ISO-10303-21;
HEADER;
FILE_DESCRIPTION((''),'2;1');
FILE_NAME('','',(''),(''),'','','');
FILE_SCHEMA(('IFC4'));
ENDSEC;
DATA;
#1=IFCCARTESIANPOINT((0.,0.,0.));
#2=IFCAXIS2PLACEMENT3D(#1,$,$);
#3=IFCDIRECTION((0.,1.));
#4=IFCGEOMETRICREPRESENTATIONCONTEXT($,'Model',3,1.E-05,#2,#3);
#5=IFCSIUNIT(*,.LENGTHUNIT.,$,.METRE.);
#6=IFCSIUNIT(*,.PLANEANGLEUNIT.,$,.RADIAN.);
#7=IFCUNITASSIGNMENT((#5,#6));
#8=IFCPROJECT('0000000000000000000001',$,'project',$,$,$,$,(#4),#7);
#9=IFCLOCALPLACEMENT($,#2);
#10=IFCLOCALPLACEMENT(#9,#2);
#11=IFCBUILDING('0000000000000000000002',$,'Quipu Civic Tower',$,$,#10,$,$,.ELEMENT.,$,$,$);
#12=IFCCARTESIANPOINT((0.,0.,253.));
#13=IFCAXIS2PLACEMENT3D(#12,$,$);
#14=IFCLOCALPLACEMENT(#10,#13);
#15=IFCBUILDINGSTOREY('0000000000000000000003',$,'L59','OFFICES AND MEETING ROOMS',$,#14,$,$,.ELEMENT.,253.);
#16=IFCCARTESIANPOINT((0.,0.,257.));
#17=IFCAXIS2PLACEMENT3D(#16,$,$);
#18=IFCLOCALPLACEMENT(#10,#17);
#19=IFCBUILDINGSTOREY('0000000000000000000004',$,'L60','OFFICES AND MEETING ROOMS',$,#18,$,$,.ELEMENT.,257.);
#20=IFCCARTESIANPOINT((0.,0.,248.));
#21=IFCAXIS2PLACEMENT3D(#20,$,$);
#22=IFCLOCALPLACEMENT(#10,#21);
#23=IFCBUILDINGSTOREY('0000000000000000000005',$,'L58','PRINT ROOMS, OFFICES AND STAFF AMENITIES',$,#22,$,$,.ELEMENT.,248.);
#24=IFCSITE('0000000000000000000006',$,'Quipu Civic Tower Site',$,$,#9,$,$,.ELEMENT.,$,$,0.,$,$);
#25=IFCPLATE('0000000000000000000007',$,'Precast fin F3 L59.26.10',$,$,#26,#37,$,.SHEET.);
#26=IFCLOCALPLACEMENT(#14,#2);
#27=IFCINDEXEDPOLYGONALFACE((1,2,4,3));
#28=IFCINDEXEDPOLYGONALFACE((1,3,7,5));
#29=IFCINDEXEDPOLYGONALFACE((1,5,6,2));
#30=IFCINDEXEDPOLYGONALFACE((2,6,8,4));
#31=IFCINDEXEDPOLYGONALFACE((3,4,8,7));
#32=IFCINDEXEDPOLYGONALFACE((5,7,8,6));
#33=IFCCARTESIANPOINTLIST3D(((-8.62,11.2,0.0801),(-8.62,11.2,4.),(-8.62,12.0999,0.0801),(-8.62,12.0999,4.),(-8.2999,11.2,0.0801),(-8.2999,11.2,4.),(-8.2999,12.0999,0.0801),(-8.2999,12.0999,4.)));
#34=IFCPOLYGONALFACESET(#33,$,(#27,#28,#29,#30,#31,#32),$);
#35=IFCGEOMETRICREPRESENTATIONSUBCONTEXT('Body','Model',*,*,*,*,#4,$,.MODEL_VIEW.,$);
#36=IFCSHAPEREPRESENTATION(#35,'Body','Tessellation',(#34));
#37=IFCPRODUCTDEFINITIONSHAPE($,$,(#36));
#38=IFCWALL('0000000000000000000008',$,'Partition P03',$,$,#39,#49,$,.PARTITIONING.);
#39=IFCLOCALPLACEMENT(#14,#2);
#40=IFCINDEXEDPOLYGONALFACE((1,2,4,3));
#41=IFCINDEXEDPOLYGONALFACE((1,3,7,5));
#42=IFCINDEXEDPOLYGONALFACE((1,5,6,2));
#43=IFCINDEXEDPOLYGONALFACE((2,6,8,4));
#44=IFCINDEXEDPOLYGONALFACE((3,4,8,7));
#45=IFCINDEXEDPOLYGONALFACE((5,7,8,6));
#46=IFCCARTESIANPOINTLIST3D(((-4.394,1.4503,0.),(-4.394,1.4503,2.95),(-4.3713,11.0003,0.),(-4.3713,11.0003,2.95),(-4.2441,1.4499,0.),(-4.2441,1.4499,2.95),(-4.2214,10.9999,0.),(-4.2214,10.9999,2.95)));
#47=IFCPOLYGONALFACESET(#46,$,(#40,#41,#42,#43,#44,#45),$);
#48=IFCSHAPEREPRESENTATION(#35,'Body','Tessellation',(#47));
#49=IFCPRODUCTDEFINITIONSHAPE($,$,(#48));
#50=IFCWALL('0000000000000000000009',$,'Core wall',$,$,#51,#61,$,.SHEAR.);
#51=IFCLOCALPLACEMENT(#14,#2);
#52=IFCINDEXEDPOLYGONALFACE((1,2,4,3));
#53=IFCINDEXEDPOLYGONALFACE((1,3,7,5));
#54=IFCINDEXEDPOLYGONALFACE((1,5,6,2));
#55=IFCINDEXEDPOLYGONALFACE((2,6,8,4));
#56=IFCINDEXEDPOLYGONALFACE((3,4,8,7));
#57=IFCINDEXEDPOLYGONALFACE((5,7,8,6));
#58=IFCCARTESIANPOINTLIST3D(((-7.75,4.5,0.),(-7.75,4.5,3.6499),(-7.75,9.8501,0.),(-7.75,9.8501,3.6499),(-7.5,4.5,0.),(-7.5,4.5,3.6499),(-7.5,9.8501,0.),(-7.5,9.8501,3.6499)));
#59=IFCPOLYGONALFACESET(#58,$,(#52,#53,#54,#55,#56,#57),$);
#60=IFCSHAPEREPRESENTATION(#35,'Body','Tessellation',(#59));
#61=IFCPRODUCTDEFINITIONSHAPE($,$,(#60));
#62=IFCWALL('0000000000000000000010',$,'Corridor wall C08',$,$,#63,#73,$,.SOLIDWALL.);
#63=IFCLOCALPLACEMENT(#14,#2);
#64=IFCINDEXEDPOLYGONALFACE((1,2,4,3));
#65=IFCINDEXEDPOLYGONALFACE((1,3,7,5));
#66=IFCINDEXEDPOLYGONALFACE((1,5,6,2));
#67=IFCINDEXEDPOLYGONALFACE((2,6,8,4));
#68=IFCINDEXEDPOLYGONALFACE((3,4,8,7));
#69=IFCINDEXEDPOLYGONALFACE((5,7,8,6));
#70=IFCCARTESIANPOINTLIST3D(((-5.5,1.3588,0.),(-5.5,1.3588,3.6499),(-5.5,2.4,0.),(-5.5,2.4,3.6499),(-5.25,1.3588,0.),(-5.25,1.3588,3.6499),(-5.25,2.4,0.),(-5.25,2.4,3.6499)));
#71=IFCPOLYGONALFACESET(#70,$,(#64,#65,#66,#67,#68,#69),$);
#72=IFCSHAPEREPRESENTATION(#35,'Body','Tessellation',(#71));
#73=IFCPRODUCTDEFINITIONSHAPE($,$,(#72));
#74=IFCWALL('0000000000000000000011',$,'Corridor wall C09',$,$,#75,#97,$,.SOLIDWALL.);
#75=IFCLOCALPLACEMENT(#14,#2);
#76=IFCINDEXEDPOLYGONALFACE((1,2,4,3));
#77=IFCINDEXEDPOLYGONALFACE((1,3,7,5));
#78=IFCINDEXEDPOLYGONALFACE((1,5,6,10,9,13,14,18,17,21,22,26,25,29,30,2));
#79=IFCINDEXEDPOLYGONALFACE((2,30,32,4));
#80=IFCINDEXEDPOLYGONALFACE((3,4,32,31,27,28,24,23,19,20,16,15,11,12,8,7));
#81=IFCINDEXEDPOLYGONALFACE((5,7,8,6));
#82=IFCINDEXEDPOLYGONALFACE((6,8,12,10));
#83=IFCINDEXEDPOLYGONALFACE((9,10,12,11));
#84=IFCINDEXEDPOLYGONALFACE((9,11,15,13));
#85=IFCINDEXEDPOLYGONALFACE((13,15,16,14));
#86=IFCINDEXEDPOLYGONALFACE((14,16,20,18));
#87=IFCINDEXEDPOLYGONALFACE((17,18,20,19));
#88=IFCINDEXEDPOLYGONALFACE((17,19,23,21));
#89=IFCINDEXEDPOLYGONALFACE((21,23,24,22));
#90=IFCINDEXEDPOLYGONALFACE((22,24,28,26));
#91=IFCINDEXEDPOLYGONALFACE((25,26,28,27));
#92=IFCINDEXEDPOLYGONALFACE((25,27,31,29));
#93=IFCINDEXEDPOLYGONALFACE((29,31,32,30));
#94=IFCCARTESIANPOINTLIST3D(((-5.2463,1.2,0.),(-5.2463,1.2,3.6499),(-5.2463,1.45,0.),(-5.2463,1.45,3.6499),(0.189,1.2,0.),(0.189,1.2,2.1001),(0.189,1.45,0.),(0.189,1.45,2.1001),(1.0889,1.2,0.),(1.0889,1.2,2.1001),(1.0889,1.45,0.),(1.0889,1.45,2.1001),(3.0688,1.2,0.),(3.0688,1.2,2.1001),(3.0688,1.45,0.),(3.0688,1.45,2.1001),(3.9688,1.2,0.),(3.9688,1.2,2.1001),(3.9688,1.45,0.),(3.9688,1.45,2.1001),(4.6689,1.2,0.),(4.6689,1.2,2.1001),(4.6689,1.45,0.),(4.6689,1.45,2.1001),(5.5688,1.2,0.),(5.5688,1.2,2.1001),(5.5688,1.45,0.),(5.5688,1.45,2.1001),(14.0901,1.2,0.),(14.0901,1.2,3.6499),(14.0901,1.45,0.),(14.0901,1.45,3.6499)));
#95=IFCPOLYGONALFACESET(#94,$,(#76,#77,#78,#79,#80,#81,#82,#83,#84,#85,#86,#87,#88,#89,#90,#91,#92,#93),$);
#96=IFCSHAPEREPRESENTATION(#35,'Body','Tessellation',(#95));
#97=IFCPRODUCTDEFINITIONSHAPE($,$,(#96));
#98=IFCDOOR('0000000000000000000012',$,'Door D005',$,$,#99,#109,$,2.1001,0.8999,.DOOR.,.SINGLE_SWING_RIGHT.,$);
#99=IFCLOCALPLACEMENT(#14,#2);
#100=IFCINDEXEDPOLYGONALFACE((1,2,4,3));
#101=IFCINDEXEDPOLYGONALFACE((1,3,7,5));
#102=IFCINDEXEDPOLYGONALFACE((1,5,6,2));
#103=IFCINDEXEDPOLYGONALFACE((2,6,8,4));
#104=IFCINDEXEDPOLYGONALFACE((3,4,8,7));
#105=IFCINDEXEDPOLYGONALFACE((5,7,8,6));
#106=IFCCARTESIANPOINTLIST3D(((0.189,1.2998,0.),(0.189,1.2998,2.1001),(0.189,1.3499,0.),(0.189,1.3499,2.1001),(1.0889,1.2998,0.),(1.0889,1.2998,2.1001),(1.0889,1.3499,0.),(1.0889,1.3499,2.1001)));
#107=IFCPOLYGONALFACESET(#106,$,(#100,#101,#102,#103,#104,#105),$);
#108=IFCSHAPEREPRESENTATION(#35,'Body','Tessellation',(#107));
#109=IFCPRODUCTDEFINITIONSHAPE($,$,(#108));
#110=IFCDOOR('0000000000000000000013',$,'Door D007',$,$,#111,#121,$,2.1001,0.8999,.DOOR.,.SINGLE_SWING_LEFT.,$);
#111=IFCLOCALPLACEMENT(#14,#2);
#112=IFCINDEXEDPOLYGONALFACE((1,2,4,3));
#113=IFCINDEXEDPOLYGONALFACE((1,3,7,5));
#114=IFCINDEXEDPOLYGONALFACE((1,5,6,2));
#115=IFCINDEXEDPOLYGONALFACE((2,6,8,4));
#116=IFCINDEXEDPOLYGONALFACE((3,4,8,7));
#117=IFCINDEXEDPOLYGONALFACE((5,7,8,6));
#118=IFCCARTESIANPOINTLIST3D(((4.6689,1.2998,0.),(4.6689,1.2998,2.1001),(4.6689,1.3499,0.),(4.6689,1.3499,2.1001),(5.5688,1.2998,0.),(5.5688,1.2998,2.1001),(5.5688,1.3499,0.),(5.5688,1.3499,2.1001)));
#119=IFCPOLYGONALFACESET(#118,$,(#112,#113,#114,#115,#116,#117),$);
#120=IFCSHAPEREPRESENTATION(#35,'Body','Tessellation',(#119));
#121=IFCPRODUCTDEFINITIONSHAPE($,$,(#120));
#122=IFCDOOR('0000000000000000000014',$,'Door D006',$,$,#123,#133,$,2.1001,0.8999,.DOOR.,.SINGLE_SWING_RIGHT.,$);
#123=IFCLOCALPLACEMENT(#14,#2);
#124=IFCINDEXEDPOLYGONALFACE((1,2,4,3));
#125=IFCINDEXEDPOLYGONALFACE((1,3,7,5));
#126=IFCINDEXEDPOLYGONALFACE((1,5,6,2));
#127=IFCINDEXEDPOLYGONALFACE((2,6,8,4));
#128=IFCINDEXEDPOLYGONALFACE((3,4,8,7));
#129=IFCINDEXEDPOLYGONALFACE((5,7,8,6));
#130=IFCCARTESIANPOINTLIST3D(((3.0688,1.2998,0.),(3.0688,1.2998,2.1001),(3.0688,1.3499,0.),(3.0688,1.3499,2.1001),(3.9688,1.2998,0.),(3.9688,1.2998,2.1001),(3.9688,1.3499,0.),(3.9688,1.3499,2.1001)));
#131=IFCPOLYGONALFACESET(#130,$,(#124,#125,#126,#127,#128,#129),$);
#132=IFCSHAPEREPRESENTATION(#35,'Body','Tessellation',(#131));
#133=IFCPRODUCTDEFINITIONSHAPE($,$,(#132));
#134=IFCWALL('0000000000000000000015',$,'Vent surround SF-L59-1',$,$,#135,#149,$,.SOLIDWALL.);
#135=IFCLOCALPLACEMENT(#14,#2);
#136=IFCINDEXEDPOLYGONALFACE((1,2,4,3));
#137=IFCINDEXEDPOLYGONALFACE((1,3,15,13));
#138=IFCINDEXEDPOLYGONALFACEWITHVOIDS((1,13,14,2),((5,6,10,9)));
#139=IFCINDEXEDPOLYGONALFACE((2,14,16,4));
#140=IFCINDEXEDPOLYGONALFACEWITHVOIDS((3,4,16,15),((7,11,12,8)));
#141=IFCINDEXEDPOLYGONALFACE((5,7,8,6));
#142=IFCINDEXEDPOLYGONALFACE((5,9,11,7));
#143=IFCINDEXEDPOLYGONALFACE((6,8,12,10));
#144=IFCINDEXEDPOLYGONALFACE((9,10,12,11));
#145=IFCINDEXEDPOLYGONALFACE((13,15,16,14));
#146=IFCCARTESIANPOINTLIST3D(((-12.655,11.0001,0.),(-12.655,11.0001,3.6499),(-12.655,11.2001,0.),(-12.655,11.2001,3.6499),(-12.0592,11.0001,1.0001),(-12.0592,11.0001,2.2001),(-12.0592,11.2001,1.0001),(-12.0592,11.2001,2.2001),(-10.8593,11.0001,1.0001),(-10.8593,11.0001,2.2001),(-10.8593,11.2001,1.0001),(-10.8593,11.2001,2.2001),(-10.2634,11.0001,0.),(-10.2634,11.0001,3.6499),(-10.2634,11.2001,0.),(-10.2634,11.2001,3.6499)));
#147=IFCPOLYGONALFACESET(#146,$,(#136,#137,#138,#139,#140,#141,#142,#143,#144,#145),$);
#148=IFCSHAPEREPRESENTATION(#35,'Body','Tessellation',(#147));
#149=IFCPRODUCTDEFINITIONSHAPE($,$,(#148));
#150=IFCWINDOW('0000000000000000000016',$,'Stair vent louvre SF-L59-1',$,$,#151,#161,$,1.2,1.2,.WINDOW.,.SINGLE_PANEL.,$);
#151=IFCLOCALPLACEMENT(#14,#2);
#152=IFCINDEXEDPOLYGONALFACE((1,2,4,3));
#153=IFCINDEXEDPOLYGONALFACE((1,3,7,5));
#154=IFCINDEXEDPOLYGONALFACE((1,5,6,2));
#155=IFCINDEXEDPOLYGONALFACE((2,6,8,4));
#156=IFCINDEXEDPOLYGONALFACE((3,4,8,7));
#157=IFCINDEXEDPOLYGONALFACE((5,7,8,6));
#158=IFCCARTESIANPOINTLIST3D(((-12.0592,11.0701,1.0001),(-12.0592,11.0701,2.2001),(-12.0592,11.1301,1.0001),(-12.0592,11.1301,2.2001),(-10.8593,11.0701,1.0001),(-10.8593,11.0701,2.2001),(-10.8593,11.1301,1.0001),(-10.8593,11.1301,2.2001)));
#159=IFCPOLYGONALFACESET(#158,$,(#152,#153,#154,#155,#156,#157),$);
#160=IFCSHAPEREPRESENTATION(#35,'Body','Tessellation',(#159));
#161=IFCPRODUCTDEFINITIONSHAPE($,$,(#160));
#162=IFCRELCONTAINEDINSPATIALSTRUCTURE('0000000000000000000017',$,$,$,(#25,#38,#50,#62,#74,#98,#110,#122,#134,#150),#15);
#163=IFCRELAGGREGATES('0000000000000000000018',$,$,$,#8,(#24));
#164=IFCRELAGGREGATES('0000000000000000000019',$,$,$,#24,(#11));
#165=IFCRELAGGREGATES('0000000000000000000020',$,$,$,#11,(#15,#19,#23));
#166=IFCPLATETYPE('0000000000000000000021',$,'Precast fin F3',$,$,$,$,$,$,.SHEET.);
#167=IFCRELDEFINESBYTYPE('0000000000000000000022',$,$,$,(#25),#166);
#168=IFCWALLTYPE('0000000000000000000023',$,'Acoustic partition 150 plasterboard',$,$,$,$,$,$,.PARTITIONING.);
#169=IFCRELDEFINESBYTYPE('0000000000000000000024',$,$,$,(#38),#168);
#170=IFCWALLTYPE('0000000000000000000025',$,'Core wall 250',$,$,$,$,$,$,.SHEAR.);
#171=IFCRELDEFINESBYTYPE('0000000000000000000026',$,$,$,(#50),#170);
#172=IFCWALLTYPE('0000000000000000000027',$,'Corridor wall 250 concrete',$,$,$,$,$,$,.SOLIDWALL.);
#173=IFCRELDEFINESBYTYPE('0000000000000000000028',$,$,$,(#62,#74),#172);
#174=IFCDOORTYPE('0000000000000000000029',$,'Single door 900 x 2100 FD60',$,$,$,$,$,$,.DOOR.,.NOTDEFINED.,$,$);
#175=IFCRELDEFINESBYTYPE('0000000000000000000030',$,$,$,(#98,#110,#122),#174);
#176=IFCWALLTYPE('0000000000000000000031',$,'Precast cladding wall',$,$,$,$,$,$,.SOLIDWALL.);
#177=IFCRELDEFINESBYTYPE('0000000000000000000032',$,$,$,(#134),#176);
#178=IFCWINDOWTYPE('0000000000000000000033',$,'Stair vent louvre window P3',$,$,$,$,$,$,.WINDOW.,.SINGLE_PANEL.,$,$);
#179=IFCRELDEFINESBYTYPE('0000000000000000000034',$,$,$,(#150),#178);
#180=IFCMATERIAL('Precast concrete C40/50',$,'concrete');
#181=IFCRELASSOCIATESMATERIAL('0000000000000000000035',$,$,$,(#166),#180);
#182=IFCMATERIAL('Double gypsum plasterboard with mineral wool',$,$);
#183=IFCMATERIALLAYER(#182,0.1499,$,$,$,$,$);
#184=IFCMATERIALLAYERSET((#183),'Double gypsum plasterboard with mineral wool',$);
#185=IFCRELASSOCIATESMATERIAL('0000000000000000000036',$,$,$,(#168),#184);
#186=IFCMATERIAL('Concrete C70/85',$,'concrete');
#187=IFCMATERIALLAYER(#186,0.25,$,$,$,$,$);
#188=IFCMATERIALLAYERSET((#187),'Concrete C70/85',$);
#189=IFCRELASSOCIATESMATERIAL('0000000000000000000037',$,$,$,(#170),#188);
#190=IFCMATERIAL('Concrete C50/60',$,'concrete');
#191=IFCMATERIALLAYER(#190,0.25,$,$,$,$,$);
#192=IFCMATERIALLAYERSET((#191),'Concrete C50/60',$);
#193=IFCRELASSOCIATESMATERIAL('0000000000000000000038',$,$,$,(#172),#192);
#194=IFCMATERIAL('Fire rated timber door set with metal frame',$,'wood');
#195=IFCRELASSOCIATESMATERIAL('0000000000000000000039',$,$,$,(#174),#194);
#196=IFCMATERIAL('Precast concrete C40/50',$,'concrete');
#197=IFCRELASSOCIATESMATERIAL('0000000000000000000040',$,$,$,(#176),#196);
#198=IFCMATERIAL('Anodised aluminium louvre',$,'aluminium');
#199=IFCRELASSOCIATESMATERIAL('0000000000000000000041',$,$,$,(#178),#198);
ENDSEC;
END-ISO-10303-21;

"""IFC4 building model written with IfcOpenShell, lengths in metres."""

from ifc_helpers import new_model, si_unit, direction, frame, frame_2d, origin, origin_2d, place, context, subcontext, project, spatial, rectangle, extrude, material, layer, layer_set, type_object, element, fill, save


model = new_model("IFC4")

# Units and contexts
model_context = context("Model", 3, precision=1e-05, world=origin(), true_north=direction((0.0, 1.0)))
body_context = subcontext(model_context, "Body", "Model", "MODEL_VIEW")
ifc_project = project(units=[si_unit("LENGTHUNIT", "METRE"), si_unit("PLANEANGLEUNIT", "RADIAN")], contexts=[model_context])

# Site, building, storey
site_placement = place(None, origin())
site = spatial("IfcSite", under=ifc_project, at=site_placement, Name="Quipu Civic Tower Site", CompositionType="ELEMENT", RefElevation=0.0)
building_placement = place(site_placement, origin())
building = spatial("IfcBuilding", under=site, at=building_placement, Name="Quipu Civic Tower", CompositionType="ELEMENT")
storey_1_placement = place(building_placement, frame((0.0, 0.0, 253.0)))
storey_1 = spatial("IfcBuildingStorey", under=building, at=storey_1_placement, Name="L59", Description="OFFICES AND MEETING ROOMS", CompositionType="ELEMENT", Elevation=253.0)

# Shared definitions
storey_2_placement = place(building_placement, frame((0.0, 0.0, 257.0)))
storey_2 = spatial("IfcBuildingStorey", under=building, at=storey_2_placement, Name="L60", Description="OFFICES AND MEETING ROOMS", CompositionType="ELEMENT", Elevation=257.0)

# Shared definitions
storey_3_placement = place(building_placement, frame((0.0, 0.0, 248.0)))
storey_3 = spatial("IfcBuildingStorey", under=building, at=storey_3_placement, Name="L58", Description="PRINT ROOMS, OFFICES AND STAFF AMENITIES", CompositionType="ELEMENT", Elevation=248.0)

# Plate
ifc_material_1 = material(Name="Precast concrete C40/50", Category="concrete")
plate_type_1 = type_object("IfcPlateType", Name="Precast fin F3", PredefinedType="SHEET", material=ifc_material_1)
for number, where, z_axis, x_axis, name in (
    (1, (-8.46, 11.6499, 0.0801), (0.0, 0.0, 1.0), (-1.0, 0.0, 0.0), "Precast fin F3 L59.26.10"),
):
    element("IfcPlate", number, at=place(storey_1_placement, frame(where, z_axis=z_axis, x_axis=x_axis)), inside=storey_1, type_object=plate_type_1, Name=name, PredefinedType="SHEET", context=body_context, shape_type="SweptSolid", body=[
        extrude(rectangle(XDim=0.3201, YDim=0.8999, at=origin_2d()), origin(), (0.0, 0.0, 1.0), 3.9199),
    ])

# Walls
ifc_material_2 = material(Name="Double gypsum plasterboard with mineral wool")
ifc_layer_1 = layer(ifc_material_2, 0.1499)
ifc_layer_set_1 = layer_set([ifc_layer_1], Name="Double gypsum plasterboard with mineral wool")
wall_type_1 = type_object("IfcWallType", Name="Acoustic partition 150 plasterboard", PredefinedType="PARTITIONING", material=ifc_layer_set_1)
wall_1_placement = place(storey_1_placement, frame((-4.2964, 11.0, 0.0), z_axis=(0.0, 0.0, 1.0), x_axis=(-0.002377, -0.999997, 0.0)))
element("IfcWall", 2, at=wall_1_placement, inside=storey_1, type_object=wall_type_1, Name="Partition P03", PredefinedType="PARTITIONING", context=body_context, shape_type="SweptSolid", body=[
    extrude(rectangle(XDim=9.55, YDim=0.1499, at=frame_2d((4.7749, 0.0))), origin(), (0.0, 0.0, 1.0), 2.95),
])
ifc_material_3 = material(Name="Concrete C70/85", Category="concrete")
ifc_layer_2 = layer(ifc_material_3, 0.25)
ifc_layer_set_2 = layer_set([ifc_layer_2], Name="Concrete C70/85")
wall_type_2 = type_object("IfcWallType", Name="Core wall 250", PredefinedType="SHEAR", material=ifc_layer_set_2)
wall_2_placement = place(storey_1_placement, frame((-7.625, 4.5, 0.0), z_axis=(0.0, 0.0, 1.0), x_axis=(0.0, 1.0, 0.0)))
element("IfcWall", 3, at=wall_2_placement, inside=storey_1, type_object=wall_type_2, Name="Core wall", PredefinedType="SHEAR", context=body_context, shape_type="SweptSolid", body=[
    extrude(rectangle(XDim=5.3501, YDim=0.25, at=frame_2d((2.675, 0.0))), origin(), (0.0, 0.0, 1.0), 3.6499),
])
ifc_material_4 = material(Name="Concrete C50/60", Category="concrete")
ifc_layer_3 = layer(ifc_material_4, 0.25)
ifc_layer_set_3 = layer_set([ifc_layer_3], Name="Concrete C50/60")
wall_type_3 = type_object("IfcWallType", Name="Corridor wall 250 concrete", PredefinedType="SOLIDWALL", material=ifc_layer_set_3)
wall_3_placement = place(storey_1_placement, frame((-5.375, 2.3999, 0.0), z_axis=(0.0, 0.0, 1.0), x_axis=(0.0, -1.0, 0.0)))
element("IfcWall", 4, at=wall_3_placement, inside=storey_1, type_object=wall_type_3, Name="Corridor wall C08", PredefinedType="SOLIDWALL", context=body_context, shape_type="SweptSolid", body=[
    extrude(rectangle(XDim=1.0413, YDim=0.25, at=frame_2d((0.5205, 0.0))), origin(), (0.0, 0.0, 1.0), 3.6499),
])

# Wall, openings, doors
wall_4_placement = place(storey_1_placement, frame((-5.2463, 1.325, 0.0), z_axis=(0.0, 0.0, 1.0), x_axis=(1.0, 0.0, 0.0)))
wall_4 = element("IfcWall", 5, at=wall_4_placement, inside=storey_1, type_object=wall_type_3, Name="Corridor wall C09", PredefinedType="SOLIDWALL", context=body_context, shape_type="SweptSolid", body=[
    extrude(rectangle(XDim=19.3364, YDim=0.25, at=frame_2d((9.6682, 0.0))), origin(), (0.0, 0.0, 1.0), 3.6499),
])
opening_1_placement = place(wall_4_placement, frame((5.4353, 0.0, 0.0)))
opening_1 = element("IfcOpeningElement", 6, at=opening_1_placement, cuts=wall_4, PredefinedType="OPENING", context=body_context, shape_type="SweptSolid", body=[
    extrude(rectangle(XDim=0.8999, YDim=2.1001, at=frame_2d((0.45, 1.05))), frame((0.0, 0.135, 0.0), z_axis=(0.0, -1.0, 0.0), x_axis=(1.0, 0.0, 0.0)), (0.0, 0.0, 1.0), 0.27),
])
opening_2_placement = place(wall_4_placement, frame((9.9153, 0.0, 0.0)))
opening_2 = element("IfcOpeningElement", 7, at=opening_2_placement, cuts=wall_4, PredefinedType="OPENING", context=body_context, shape_type="SweptSolid", body=[
    extrude(rectangle(XDim=0.8999, YDim=2.1001, at=frame_2d((0.45, 1.05))), frame((0.0, 0.135, 0.0), z_axis=(0.0, -1.0, 0.0), x_axis=(1.0, 0.0, 0.0)), (0.0, 0.0, 1.0), 0.27),
])
opening_3_placement = place(wall_4_placement, frame((8.3152, 0.0, 0.0)))
opening_3 = element("IfcOpeningElement", 8, at=opening_3_placement, cuts=wall_4, PredefinedType="OPENING", context=body_context, shape_type="SweptSolid", body=[
    extrude(rectangle(XDim=0.8999, YDim=2.1001, at=frame_2d((0.45, 1.05))), frame((0.0, 0.135, 0.0), z_axis=(0.0, -1.0, 0.0), x_axis=(1.0, 0.0, 0.0)), (0.0, 0.0, 1.0), 0.27),
])
ifc_material_5 = material(Name="Fire rated timber door set with metal frame", Category="wood")
door_type = type_object("IfcDoorType", Name="Single door 900 x 2100 FD60", OperationType="NOTDEFINED", PredefinedType="DOOR", material=ifc_material_5)
door_1_placement = place(opening_1_placement, origin())
door_1 = element("IfcDoor", 9, at=door_1_placement, inside=storey_1, type_object=door_type, Name="Door D005", OperationType="SINGLE_SWING_RIGHT", OverallHeight=2.1001, OverallWidth=0.8999, PredefinedType="DOOR", context=body_context, shape_type="SweptSolid", body=[
    extrude(rectangle(XDim=0.8999, YDim=2.1001, at=frame_2d((0.45, 1.05))), frame((0.0, 0.0249, 0.0), z_axis=(0.0, -1.0, 0.0), x_axis=(1.0, 0.0, 0.0)), (0.0, 0.0, 1.0), 0.05),
])
fill(opening_1, door_1)
door_2_placement = place(opening_2_placement, origin())
door_2 = element("IfcDoor", 10, at=door_2_placement, inside=storey_1, type_object=door_type, Name="Door D007", OperationType="SINGLE_SWING_LEFT", OverallHeight=2.1001, OverallWidth=0.8999, PredefinedType="DOOR", context=body_context, shape_type="SweptSolid", body=[
    extrude(rectangle(XDim=0.8999, YDim=2.1001, at=frame_2d((0.45, 1.05))), frame((0.0, 0.0249, 0.0), z_axis=(0.0, -1.0, 0.0), x_axis=(1.0, 0.0, 0.0)), (0.0, 0.0, 1.0), 0.05),
])
fill(opening_2, door_2)
door_3_placement = place(opening_3_placement, origin())
door_3 = element("IfcDoor", 11, at=door_3_placement, inside=storey_1, type_object=door_type, Name="Door D006", OperationType="SINGLE_SWING_RIGHT", OverallHeight=2.1001, OverallWidth=0.8999, PredefinedType="DOOR", context=body_context, shape_type="SweptSolid", body=[
    extrude(rectangle(XDim=0.8999, YDim=2.1001, at=frame_2d((0.45, 1.05))), frame((0.0, 0.0249, 0.0), z_axis=(0.0, -1.0, 0.0), x_axis=(1.0, 0.0, 0.0)), (0.0, 0.0, 1.0), 0.05),
])
fill(opening_3, door_3)

# Wall, opening, window
ifc_material_6 = material(Name="Precast concrete C40/50", Category="concrete")
wall_type_4 = type_object("IfcWallType", Name="Precast cladding wall", PredefinedType="SOLIDWALL", material=ifc_material_6)
wall_5_placement = place(storey_1_placement, frame((-10.2634, 11.1001, 0.0), z_axis=(0.0, 0.0, 1.0), x_axis=(-1.0, 0.0, 0.0)))
wall_5 = element("IfcWall", 12, at=wall_5_placement, inside=storey_1, type_object=wall_type_4, Name="Vent surround SF-L59-1", PredefinedType="SOLIDWALL", context=body_context, shape_type="SweptSolid", body=[
    extrude(rectangle(XDim=2.3916, YDim=0.2, at=frame_2d((1.1958, 0.0))), origin(), (0.0, 0.0, 1.0), 3.6499),
])
opening_4_placement = place(wall_5_placement, frame((0.5957, 0.0, 1.0)))
opening_4 = element("IfcOpeningElement", 13, at=opening_4_placement, cuts=wall_5, PredefinedType="OPENING", context=body_context, shape_type="SweptSolid", body=[
    extrude(rectangle(XDim=1.2, YDim=1.2, at=frame_2d((0.6001, 0.6001))), frame((0.0, 0.1099, 0.0), z_axis=(0.0, -1.0, 0.0), x_axis=(1.0, 0.0, 0.0)), (0.0, 0.0, 1.0), 0.22),
])
ifc_material_7 = material(Name="Anodised aluminium louvre", Category="aluminium")
window_type = type_object("IfcWindowType", Name="Stair vent louvre window P3", PartitioningType="SINGLE_PANEL", PredefinedType="WINDOW", material=ifc_material_7)
window_placement = place(opening_4_placement, origin())
window = element("IfcWindow", 14, at=window_placement, inside=storey_1, type_object=window_type, Name="Stair vent louvre SF-L59-1", OverallHeight=1.2, OverallWidth=1.2, PartitioningType="SINGLE_PANEL", PredefinedType="WINDOW", context=body_context, shape_type="SweptSolid", body=[
    extrude(rectangle(XDim=1.2, YDim=1.2, at=frame_2d((0.6001, 0.6001))), frame((0.0, 0.03, 0.0), z_axis=(0.0, -1.0, 0.0), x_axis=(1.0, 0.0, 0.0)), (0.0, 0.0, 1.0), 0.0601),
])
fill(opening_4, window)

save(model, "model.ifc")
